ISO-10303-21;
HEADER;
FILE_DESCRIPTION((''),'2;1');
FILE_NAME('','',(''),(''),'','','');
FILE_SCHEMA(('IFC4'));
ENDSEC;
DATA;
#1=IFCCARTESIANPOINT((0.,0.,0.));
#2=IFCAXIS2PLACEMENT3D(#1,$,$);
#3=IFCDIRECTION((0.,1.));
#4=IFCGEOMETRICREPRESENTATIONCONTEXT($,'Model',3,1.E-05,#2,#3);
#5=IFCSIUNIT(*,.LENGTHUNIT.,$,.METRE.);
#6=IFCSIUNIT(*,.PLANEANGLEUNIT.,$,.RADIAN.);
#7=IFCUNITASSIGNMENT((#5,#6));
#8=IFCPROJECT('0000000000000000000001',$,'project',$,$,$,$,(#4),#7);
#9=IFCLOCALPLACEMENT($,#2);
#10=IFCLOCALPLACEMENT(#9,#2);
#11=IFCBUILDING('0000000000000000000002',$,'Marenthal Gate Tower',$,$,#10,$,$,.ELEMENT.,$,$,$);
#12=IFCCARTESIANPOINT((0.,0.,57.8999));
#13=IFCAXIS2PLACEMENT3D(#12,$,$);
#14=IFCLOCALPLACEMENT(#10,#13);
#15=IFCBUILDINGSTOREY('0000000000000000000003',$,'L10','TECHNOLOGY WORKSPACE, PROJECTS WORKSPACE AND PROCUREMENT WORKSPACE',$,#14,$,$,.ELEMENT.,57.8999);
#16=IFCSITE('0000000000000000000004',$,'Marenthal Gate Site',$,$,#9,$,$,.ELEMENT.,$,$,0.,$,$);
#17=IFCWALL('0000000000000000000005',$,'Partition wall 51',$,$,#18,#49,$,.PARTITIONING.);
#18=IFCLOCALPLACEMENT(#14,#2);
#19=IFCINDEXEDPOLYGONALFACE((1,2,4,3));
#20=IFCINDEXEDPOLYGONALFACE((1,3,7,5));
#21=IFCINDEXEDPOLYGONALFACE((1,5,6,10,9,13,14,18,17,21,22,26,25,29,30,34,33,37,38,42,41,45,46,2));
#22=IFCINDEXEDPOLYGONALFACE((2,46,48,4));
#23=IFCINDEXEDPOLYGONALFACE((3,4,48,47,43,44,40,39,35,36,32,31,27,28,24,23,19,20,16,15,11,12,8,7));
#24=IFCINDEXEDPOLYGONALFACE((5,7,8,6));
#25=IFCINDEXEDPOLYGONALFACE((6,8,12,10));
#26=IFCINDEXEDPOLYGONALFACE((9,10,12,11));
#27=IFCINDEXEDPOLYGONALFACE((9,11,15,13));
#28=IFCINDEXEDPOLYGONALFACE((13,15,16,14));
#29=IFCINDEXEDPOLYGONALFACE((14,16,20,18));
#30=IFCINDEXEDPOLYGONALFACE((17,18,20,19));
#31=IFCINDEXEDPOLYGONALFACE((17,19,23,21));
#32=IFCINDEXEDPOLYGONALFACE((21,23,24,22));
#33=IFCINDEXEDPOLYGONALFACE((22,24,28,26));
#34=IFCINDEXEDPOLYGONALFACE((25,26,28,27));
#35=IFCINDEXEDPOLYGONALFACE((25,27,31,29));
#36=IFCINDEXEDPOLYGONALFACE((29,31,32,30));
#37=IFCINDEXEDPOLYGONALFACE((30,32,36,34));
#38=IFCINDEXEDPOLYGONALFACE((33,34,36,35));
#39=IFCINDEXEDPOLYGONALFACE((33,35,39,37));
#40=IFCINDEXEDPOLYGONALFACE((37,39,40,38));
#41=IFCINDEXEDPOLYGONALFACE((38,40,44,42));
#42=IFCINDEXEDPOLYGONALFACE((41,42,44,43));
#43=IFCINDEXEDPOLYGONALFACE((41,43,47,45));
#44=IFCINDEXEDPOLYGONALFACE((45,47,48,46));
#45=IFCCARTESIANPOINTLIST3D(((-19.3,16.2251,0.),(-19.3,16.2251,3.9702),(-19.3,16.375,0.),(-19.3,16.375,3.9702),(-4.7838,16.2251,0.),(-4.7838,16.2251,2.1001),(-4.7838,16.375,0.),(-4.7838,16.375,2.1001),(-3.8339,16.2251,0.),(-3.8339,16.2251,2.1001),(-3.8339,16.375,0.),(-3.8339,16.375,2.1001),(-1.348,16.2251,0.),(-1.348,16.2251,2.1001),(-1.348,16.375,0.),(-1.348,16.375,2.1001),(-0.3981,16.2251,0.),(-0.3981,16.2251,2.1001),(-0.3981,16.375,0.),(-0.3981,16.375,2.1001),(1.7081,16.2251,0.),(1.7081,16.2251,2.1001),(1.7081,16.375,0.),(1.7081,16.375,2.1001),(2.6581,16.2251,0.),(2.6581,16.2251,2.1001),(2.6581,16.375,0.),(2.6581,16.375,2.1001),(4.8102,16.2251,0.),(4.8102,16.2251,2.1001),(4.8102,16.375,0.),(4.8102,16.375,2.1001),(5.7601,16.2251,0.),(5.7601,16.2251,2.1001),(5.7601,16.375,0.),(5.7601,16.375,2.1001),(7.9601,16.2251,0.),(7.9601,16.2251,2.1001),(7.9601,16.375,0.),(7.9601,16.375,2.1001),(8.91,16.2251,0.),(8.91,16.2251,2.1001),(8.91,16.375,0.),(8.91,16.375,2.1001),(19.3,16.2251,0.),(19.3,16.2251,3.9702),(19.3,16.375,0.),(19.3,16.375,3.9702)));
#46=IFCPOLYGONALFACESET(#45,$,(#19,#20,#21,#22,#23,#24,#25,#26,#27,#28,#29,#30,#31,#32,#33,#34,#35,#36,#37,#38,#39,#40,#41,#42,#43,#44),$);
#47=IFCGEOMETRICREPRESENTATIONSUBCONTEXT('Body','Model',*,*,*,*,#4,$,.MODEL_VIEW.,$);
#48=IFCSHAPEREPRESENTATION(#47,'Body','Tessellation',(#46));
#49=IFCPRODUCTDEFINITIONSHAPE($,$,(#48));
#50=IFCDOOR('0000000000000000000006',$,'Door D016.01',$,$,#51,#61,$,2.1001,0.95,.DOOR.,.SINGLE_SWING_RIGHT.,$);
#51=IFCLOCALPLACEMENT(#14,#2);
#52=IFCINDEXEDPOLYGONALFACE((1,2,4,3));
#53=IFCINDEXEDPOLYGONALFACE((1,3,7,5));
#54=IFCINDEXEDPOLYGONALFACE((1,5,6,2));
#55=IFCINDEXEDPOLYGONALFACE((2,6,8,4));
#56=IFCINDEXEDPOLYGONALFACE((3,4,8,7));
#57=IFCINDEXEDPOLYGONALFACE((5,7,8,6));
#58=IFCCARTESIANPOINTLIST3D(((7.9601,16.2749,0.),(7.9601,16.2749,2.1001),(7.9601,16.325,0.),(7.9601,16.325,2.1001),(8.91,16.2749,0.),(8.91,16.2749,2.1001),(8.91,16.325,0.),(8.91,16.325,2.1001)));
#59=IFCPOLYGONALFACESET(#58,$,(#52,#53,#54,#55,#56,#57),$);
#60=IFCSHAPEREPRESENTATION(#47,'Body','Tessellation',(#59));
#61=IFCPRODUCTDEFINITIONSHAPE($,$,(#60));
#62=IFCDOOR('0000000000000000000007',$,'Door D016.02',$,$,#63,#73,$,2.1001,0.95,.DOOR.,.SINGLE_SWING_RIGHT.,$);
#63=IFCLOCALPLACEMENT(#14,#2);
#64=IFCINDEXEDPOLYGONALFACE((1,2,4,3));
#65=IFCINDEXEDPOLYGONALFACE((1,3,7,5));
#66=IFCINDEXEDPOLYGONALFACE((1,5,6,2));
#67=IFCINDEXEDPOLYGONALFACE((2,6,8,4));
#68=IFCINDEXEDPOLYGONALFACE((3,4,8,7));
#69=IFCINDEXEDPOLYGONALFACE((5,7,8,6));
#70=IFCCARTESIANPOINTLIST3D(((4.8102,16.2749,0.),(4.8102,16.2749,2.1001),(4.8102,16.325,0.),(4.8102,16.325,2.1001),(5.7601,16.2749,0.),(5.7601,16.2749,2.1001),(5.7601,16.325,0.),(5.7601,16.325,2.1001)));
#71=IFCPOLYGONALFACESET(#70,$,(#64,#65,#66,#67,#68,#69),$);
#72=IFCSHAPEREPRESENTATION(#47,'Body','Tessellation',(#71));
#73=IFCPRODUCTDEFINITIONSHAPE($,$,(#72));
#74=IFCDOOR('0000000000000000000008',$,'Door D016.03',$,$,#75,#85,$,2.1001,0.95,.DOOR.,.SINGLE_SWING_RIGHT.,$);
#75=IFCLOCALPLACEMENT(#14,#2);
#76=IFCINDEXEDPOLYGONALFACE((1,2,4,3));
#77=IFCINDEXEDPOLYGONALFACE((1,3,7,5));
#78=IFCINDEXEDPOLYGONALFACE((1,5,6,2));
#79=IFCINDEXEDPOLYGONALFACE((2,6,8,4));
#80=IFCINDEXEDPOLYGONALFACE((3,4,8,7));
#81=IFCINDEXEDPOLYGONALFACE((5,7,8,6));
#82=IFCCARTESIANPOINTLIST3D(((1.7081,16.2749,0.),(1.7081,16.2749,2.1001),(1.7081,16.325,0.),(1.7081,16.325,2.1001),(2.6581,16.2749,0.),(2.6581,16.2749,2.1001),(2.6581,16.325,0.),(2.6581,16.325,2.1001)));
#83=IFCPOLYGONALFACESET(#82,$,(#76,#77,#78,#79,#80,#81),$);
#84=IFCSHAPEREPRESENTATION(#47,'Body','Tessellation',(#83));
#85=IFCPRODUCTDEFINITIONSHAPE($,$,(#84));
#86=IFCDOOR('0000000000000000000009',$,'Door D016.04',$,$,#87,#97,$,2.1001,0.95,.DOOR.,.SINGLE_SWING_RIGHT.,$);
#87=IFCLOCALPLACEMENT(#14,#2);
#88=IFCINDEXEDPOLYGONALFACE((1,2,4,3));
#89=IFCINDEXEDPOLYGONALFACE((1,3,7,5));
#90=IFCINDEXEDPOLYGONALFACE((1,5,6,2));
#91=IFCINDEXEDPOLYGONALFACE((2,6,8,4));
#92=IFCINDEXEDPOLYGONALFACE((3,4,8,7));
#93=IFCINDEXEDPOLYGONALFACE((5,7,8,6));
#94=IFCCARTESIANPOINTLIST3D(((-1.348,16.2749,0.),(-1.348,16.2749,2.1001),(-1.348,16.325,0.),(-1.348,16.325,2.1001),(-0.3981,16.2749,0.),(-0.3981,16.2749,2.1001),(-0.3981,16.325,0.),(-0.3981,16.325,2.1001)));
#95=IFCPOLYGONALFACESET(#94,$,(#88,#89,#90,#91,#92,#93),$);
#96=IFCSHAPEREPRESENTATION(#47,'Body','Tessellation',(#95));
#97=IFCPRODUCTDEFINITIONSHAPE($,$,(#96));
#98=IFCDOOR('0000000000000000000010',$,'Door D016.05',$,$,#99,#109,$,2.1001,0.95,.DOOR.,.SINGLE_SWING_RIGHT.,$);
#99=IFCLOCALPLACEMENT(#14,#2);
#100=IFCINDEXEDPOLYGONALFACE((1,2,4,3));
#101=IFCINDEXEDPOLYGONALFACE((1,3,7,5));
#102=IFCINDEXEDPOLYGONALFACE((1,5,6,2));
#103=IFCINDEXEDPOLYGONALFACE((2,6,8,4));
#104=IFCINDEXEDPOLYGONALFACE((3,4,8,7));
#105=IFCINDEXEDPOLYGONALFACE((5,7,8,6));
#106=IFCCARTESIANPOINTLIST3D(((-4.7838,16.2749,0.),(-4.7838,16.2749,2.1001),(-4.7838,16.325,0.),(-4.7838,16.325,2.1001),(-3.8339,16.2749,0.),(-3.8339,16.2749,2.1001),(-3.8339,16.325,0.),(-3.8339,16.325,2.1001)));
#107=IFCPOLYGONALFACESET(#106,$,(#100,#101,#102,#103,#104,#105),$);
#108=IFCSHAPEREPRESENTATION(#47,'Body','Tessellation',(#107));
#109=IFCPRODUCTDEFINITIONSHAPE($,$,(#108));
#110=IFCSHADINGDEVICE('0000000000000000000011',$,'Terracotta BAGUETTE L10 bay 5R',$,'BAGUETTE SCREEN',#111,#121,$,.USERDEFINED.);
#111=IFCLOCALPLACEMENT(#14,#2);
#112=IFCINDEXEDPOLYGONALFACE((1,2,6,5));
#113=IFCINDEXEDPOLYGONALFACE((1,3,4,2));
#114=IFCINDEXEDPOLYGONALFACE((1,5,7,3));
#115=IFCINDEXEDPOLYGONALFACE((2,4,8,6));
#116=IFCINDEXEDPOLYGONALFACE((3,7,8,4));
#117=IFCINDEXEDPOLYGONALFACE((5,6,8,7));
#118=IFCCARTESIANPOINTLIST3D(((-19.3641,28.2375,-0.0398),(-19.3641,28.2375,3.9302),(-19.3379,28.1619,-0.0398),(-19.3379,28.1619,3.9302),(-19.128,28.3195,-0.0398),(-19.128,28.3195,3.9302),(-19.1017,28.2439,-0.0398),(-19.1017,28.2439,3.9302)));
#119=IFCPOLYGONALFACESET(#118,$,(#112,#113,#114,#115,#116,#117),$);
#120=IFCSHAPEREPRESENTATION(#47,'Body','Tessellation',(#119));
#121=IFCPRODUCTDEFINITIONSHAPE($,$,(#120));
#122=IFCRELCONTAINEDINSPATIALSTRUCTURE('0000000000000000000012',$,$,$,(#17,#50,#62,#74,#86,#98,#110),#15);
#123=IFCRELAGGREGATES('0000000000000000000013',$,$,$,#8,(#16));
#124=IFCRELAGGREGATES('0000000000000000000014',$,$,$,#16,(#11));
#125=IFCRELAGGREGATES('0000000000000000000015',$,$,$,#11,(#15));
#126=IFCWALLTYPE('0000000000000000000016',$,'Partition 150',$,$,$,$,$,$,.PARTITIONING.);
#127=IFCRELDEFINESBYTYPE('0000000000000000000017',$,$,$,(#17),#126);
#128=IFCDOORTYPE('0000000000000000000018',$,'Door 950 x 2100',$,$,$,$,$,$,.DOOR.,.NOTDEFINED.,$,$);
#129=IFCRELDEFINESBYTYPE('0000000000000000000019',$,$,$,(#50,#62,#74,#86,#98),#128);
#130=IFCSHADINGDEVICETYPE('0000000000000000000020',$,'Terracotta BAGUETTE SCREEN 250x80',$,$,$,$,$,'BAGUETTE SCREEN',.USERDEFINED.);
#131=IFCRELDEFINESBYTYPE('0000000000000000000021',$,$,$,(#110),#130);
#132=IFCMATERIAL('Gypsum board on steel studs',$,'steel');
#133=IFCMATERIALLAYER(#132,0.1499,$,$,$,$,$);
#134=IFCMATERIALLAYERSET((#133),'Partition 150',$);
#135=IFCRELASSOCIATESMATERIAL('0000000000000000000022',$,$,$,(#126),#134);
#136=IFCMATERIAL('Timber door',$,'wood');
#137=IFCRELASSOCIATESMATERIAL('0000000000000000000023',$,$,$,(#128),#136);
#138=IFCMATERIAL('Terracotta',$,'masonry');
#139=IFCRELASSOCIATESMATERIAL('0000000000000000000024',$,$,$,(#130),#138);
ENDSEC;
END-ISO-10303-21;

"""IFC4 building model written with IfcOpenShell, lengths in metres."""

from ifc_helpers import new_model, si_unit, direction, frame, frame_2d, origin, origin_2d, place, context, subcontext, project, spatial, rectangle, extrude, material, layer, layer_set, material_profile, profile_set, type_object, element, fill, save


model = new_model("IFC4")

# Units and contexts
model_context = context("Model", 3, precision=1e-05, world=origin(), true_north=direction((0.0, 1.0)))
body_context = subcontext(model_context, "Body", "Model", "MODEL_VIEW")
ifc_project = project(units=[si_unit("LENGTHUNIT", "METRE"), si_unit("PLANEANGLEUNIT", "RADIAN")], contexts=[model_context])

# Site, building, storey
site_placement = place(None, origin())
site = spatial("IfcSite", under=ifc_project, at=site_placement, Name="Marenthal Gate Site", CompositionType="ELEMENT", RefElevation=0.0)
building_placement = place(site_placement, origin())
building = spatial("IfcBuilding", under=site, at=building_placement, Name="Marenthal Gate Tower", CompositionType="ELEMENT")
storey_placement = place(building_placement, frame((0.0, 0.0, 57.8999)))
storey = spatial("IfcBuildingStorey", under=building, at=storey_placement, Name="L10", Description="TECHNOLOGY WORKSPACE, PROJECTS WORKSPACE AND PROCUREMENT WORKSPACE", CompositionType="ELEMENT", Elevation=57.8999)

# Wall, openings, doors
ifc_material_1 = material(Name="Gypsum board on steel studs", Category="steel")
ifc_layer_1 = layer(ifc_material_1, 0.1499)
ifc_layer_set_1 = layer_set([ifc_layer_1], Name="Partition 150")
wall_type_1 = type_object("IfcWallType", Name="Partition 150", PredefinedType="PARTITIONING", material=ifc_layer_set_1)
wall_1_placement = place(storey_placement, frame((-19.3, 16.3, 0.0), z_axis=(0.0, 0.0, 1.0), x_axis=(1.0, 0.0, 0.0)))
wall_1 = element("IfcWall", 1, at=wall_1_placement, inside=storey, type_object=wall_type_1, Name="Partition wall 51", PredefinedType="PARTITIONING", context=body_context, shape_type="SweptSolid", body=[
    extrude(rectangle(XDim=38.6001, YDim=0.1499, at=frame_2d((19.3, 0.0))), origin(), (0.0, 0.0, 1.0), 3.9702),
])
opening_1_placement = place(wall_1_placement, frame((27.26, 0.0, 0.0)))
opening_1 = element("IfcOpeningElement", 2, at=opening_1_placement, cuts=wall_1, PredefinedType="OPENING", context=body_context, shape_type="SweptSolid", body=[
    extrude(rectangle(XDim=0.95, YDim=2.1001, at=frame_2d((0.4751, 1.05))), frame((0.0, 0.085, 0.0), z_axis=(0.0, -1.0, 0.0), x_axis=(1.0, 0.0, 0.0)), (0.0, 0.0, 1.0), 0.1699),
])
opening_2_placement = place(wall_1_placement, frame((24.1101, 0.0, 0.0)))
opening_2 = element("IfcOpeningElement", 3, at=opening_2_placement, cuts=wall_1, PredefinedType="OPENING", context=body_context, shape_type="SweptSolid", body=[
    extrude(rectangle(XDim=0.95, YDim=2.1001, at=frame_2d((0.4751, 1.05))), frame((0.0, 0.085, 0.0), z_axis=(0.0, -1.0, 0.0), x_axis=(1.0, 0.0, 0.0)), (0.0, 0.0, 1.0), 0.1699),
])
opening_3_placement = place(wall_1_placement, frame((21.0081, 0.0, 0.0)))
opening_3 = element("IfcOpeningElement", 4, at=opening_3_placement, cuts=wall_1, PredefinedType="OPENING", context=body_context, shape_type="SweptSolid", body=[
    extrude(rectangle(XDim=0.95, YDim=2.1001, at=frame_2d((0.4751, 1.05))), frame((0.0, 0.085, 0.0), z_axis=(0.0, -1.0, 0.0), x_axis=(1.0, 0.0, 0.0)), (0.0, 0.0, 1.0), 0.1699),
])
opening_4_placement = place(wall_1_placement, frame((17.9519, 0.0, 0.0)))
opening_4 = element("IfcOpeningElement", 5, at=opening_4_placement, cuts=wall_1, PredefinedType="OPENING", context=body_context, shape_type="SweptSolid", body=[
    extrude(rectangle(XDim=0.95, YDim=2.1001, at=frame_2d((0.4751, 1.05))), frame((0.0, 0.085, 0.0), z_axis=(0.0, -1.0, 0.0), x_axis=(1.0, 0.0, 0.0)), (0.0, 0.0, 1.0), 0.1699),
])
opening_5_placement = place(wall_1_placement, frame((14.5161, 0.0, 0.0)))
opening_5 = element("IfcOpeningElement", 6, at=opening_5_placement, cuts=wall_1, PredefinedType="OPENING", context=body_context, shape_type="SweptSolid", body=[
    extrude(rectangle(XDim=0.95, YDim=2.1001, at=frame_2d((0.4751, 1.05))), frame((0.0, 0.085, 0.0), z_axis=(0.0, -1.0, 0.0), x_axis=(1.0, 0.0, 0.0)), (0.0, 0.0, 1.0), 0.1699),
])
ifc_material_2 = material(Name="Timber door", Category="wood")
door_type_1 = type_object("IfcDoorType", Name="Door 950 x 2100", OperationType="NOTDEFINED", PredefinedType="DOOR", material=ifc_material_2)
door_1_placement = place(opening_1_placement, origin())
door_1 = element("IfcDoor", 7, at=door_1_placement, inside=storey, type_object=door_type_1, Name="Door D016.01", OperationType="SINGLE_SWING_RIGHT", OverallHeight=2.1001, OverallWidth=0.95, PredefinedType="DOOR", context=body_context, shape_type="SweptSolid", body=[
    extrude(rectangle(XDim=0.95, YDim=2.1001, at=frame_2d((0.4751, 1.05))), frame((0.0, 0.0249, 0.0), z_axis=(0.0, -1.0, 0.0), x_axis=(1.0, 0.0, 0.0)), (0.0, 0.0, 1.0), 0.05),
])
fill(opening_1, door_1)
door_2_placement = place(opening_2_placement, origin())
door_2 = element("IfcDoor", 8, at=door_2_placement, inside=storey, type_object=door_type_1, Name="Door D016.02", OperationType="SINGLE_SWING_RIGHT", OverallHeight=2.1001, OverallWidth=0.95, PredefinedType="DOOR", context=body_context, shape_type="SweptSolid", body=[
    extrude(rectangle(XDim=0.95, YDim=2.1001, at=frame_2d((0.4751, 1.05))), frame((0.0, 0.0249, 0.0), z_axis=(0.0, -1.0, 0.0), x_axis=(1.0, 0.0, 0.0)), (0.0, 0.0, 1.0), 0.05),
])
fill(opening_2, door_2)
door_3_placement = place(opening_3_placement, origin())
door_3 = element("IfcDoor", 9, at=door_3_placement, inside=storey, type_object=door_type_1, Name="Door D016.03", OperationType="SINGLE_SWING_RIGHT", OverallHeight=2.1001, OverallWidth=0.95, PredefinedType="DOOR", context=body_context, shape_type="SweptSolid", body=[
    extrude(rectangle(XDim=0.95, YDim=2.1001, at=frame_2d((0.4751, 1.05))), frame((0.0, 0.0249, 0.0), z_axis=(0.0, -1.0, 0.0), x_axis=(1.0, 0.0, 0.0)), (0.0, 0.0, 1.0), 0.05),
])
fill(opening_3, door_3)
door_4_placement = place(opening_4_placement, origin())
door_4 = element("IfcDoor", 10, at=door_4_placement, inside=storey, type_object=door_type_1, Name="Door D016.04", OperationType="SINGLE_SWING_RIGHT", OverallHeight=2.1001, OverallWidth=0.95, PredefinedType="DOOR", context=body_context, shape_type="SweptSolid", body=[
    extrude(rectangle(XDim=0.95, YDim=2.1001, at=frame_2d((0.4751, 1.05))), frame((0.0, 0.0249, 0.0), z_axis=(0.0, -1.0, 0.0), x_axis=(1.0, 0.0, 0.0)), (0.0, 0.0, 1.0), 0.05),
])
fill(opening_4, door_4)
door_5_placement = place(opening_5_placement, origin())
door_5 = element("IfcDoor", 11, at=door_5_placement, inside=storey, type_object=door_type_1, Name="Door D016.05", OperationType="SINGLE_SWING_RIGHT", OverallHeight=2.1001, OverallWidth=0.95, PredefinedType="DOOR", context=body_context, shape_type="SweptSolid", body=[
    extrude(rectangle(XDim=0.95, YDim=2.1001, at=frame_2d((0.4751, 1.05))), frame((0.0, 0.0249, 0.0), z_axis=(0.0, -1.0, 0.0), x_axis=(1.0, 0.0, 0.0)), (0.0, 0.0, 1.0), 0.05),
])
fill(opening_5, door_5)

# Shading device
ifc_material_3 = material(Name="Terracotta", Category="masonry")
ifc_material_profile_1 = material_profile(ifc_material_3, rectangle(XDim=0.25, YDim=0.0801, at=origin_2d()), Name="Terracotta baguette 250x80")
ifc_profile_set_1 = profile_set([ifc_material_profile_1], Name="Terracotta")
shading_device_type = type_object("IfcShadingDeviceType", Name="Terracotta BAGUETTE SCREEN 250x80", ElementType="BAGUETTE SCREEN", PredefinedType="USERDEFINED", material=ifc_profile_set_1)
shading_device_placement = place(storey_placement, frame((-19.2329, 28.2407, -0.0398), z_axis=(0.0, 0.0, 1.0), x_axis=(-0.944672, -0.328016, 0.0)))
element("IfcShadingDevice", 12, at=shading_device_placement, inside=storey, type_object=shading_device_type, Name="Terracotta BAGUETTE L10 bay 5R", ObjectType="BAGUETTE SCREEN", PredefinedType="USERDEFINED", context=body_context, shape_type="SweptSolid", body=[
    extrude(rectangle(XDim=0.25, YDim=0.0801, at=origin_2d()), origin(), (0.0, 0.0, 1.0), 3.97),
])

save(model, "model.ifc")
